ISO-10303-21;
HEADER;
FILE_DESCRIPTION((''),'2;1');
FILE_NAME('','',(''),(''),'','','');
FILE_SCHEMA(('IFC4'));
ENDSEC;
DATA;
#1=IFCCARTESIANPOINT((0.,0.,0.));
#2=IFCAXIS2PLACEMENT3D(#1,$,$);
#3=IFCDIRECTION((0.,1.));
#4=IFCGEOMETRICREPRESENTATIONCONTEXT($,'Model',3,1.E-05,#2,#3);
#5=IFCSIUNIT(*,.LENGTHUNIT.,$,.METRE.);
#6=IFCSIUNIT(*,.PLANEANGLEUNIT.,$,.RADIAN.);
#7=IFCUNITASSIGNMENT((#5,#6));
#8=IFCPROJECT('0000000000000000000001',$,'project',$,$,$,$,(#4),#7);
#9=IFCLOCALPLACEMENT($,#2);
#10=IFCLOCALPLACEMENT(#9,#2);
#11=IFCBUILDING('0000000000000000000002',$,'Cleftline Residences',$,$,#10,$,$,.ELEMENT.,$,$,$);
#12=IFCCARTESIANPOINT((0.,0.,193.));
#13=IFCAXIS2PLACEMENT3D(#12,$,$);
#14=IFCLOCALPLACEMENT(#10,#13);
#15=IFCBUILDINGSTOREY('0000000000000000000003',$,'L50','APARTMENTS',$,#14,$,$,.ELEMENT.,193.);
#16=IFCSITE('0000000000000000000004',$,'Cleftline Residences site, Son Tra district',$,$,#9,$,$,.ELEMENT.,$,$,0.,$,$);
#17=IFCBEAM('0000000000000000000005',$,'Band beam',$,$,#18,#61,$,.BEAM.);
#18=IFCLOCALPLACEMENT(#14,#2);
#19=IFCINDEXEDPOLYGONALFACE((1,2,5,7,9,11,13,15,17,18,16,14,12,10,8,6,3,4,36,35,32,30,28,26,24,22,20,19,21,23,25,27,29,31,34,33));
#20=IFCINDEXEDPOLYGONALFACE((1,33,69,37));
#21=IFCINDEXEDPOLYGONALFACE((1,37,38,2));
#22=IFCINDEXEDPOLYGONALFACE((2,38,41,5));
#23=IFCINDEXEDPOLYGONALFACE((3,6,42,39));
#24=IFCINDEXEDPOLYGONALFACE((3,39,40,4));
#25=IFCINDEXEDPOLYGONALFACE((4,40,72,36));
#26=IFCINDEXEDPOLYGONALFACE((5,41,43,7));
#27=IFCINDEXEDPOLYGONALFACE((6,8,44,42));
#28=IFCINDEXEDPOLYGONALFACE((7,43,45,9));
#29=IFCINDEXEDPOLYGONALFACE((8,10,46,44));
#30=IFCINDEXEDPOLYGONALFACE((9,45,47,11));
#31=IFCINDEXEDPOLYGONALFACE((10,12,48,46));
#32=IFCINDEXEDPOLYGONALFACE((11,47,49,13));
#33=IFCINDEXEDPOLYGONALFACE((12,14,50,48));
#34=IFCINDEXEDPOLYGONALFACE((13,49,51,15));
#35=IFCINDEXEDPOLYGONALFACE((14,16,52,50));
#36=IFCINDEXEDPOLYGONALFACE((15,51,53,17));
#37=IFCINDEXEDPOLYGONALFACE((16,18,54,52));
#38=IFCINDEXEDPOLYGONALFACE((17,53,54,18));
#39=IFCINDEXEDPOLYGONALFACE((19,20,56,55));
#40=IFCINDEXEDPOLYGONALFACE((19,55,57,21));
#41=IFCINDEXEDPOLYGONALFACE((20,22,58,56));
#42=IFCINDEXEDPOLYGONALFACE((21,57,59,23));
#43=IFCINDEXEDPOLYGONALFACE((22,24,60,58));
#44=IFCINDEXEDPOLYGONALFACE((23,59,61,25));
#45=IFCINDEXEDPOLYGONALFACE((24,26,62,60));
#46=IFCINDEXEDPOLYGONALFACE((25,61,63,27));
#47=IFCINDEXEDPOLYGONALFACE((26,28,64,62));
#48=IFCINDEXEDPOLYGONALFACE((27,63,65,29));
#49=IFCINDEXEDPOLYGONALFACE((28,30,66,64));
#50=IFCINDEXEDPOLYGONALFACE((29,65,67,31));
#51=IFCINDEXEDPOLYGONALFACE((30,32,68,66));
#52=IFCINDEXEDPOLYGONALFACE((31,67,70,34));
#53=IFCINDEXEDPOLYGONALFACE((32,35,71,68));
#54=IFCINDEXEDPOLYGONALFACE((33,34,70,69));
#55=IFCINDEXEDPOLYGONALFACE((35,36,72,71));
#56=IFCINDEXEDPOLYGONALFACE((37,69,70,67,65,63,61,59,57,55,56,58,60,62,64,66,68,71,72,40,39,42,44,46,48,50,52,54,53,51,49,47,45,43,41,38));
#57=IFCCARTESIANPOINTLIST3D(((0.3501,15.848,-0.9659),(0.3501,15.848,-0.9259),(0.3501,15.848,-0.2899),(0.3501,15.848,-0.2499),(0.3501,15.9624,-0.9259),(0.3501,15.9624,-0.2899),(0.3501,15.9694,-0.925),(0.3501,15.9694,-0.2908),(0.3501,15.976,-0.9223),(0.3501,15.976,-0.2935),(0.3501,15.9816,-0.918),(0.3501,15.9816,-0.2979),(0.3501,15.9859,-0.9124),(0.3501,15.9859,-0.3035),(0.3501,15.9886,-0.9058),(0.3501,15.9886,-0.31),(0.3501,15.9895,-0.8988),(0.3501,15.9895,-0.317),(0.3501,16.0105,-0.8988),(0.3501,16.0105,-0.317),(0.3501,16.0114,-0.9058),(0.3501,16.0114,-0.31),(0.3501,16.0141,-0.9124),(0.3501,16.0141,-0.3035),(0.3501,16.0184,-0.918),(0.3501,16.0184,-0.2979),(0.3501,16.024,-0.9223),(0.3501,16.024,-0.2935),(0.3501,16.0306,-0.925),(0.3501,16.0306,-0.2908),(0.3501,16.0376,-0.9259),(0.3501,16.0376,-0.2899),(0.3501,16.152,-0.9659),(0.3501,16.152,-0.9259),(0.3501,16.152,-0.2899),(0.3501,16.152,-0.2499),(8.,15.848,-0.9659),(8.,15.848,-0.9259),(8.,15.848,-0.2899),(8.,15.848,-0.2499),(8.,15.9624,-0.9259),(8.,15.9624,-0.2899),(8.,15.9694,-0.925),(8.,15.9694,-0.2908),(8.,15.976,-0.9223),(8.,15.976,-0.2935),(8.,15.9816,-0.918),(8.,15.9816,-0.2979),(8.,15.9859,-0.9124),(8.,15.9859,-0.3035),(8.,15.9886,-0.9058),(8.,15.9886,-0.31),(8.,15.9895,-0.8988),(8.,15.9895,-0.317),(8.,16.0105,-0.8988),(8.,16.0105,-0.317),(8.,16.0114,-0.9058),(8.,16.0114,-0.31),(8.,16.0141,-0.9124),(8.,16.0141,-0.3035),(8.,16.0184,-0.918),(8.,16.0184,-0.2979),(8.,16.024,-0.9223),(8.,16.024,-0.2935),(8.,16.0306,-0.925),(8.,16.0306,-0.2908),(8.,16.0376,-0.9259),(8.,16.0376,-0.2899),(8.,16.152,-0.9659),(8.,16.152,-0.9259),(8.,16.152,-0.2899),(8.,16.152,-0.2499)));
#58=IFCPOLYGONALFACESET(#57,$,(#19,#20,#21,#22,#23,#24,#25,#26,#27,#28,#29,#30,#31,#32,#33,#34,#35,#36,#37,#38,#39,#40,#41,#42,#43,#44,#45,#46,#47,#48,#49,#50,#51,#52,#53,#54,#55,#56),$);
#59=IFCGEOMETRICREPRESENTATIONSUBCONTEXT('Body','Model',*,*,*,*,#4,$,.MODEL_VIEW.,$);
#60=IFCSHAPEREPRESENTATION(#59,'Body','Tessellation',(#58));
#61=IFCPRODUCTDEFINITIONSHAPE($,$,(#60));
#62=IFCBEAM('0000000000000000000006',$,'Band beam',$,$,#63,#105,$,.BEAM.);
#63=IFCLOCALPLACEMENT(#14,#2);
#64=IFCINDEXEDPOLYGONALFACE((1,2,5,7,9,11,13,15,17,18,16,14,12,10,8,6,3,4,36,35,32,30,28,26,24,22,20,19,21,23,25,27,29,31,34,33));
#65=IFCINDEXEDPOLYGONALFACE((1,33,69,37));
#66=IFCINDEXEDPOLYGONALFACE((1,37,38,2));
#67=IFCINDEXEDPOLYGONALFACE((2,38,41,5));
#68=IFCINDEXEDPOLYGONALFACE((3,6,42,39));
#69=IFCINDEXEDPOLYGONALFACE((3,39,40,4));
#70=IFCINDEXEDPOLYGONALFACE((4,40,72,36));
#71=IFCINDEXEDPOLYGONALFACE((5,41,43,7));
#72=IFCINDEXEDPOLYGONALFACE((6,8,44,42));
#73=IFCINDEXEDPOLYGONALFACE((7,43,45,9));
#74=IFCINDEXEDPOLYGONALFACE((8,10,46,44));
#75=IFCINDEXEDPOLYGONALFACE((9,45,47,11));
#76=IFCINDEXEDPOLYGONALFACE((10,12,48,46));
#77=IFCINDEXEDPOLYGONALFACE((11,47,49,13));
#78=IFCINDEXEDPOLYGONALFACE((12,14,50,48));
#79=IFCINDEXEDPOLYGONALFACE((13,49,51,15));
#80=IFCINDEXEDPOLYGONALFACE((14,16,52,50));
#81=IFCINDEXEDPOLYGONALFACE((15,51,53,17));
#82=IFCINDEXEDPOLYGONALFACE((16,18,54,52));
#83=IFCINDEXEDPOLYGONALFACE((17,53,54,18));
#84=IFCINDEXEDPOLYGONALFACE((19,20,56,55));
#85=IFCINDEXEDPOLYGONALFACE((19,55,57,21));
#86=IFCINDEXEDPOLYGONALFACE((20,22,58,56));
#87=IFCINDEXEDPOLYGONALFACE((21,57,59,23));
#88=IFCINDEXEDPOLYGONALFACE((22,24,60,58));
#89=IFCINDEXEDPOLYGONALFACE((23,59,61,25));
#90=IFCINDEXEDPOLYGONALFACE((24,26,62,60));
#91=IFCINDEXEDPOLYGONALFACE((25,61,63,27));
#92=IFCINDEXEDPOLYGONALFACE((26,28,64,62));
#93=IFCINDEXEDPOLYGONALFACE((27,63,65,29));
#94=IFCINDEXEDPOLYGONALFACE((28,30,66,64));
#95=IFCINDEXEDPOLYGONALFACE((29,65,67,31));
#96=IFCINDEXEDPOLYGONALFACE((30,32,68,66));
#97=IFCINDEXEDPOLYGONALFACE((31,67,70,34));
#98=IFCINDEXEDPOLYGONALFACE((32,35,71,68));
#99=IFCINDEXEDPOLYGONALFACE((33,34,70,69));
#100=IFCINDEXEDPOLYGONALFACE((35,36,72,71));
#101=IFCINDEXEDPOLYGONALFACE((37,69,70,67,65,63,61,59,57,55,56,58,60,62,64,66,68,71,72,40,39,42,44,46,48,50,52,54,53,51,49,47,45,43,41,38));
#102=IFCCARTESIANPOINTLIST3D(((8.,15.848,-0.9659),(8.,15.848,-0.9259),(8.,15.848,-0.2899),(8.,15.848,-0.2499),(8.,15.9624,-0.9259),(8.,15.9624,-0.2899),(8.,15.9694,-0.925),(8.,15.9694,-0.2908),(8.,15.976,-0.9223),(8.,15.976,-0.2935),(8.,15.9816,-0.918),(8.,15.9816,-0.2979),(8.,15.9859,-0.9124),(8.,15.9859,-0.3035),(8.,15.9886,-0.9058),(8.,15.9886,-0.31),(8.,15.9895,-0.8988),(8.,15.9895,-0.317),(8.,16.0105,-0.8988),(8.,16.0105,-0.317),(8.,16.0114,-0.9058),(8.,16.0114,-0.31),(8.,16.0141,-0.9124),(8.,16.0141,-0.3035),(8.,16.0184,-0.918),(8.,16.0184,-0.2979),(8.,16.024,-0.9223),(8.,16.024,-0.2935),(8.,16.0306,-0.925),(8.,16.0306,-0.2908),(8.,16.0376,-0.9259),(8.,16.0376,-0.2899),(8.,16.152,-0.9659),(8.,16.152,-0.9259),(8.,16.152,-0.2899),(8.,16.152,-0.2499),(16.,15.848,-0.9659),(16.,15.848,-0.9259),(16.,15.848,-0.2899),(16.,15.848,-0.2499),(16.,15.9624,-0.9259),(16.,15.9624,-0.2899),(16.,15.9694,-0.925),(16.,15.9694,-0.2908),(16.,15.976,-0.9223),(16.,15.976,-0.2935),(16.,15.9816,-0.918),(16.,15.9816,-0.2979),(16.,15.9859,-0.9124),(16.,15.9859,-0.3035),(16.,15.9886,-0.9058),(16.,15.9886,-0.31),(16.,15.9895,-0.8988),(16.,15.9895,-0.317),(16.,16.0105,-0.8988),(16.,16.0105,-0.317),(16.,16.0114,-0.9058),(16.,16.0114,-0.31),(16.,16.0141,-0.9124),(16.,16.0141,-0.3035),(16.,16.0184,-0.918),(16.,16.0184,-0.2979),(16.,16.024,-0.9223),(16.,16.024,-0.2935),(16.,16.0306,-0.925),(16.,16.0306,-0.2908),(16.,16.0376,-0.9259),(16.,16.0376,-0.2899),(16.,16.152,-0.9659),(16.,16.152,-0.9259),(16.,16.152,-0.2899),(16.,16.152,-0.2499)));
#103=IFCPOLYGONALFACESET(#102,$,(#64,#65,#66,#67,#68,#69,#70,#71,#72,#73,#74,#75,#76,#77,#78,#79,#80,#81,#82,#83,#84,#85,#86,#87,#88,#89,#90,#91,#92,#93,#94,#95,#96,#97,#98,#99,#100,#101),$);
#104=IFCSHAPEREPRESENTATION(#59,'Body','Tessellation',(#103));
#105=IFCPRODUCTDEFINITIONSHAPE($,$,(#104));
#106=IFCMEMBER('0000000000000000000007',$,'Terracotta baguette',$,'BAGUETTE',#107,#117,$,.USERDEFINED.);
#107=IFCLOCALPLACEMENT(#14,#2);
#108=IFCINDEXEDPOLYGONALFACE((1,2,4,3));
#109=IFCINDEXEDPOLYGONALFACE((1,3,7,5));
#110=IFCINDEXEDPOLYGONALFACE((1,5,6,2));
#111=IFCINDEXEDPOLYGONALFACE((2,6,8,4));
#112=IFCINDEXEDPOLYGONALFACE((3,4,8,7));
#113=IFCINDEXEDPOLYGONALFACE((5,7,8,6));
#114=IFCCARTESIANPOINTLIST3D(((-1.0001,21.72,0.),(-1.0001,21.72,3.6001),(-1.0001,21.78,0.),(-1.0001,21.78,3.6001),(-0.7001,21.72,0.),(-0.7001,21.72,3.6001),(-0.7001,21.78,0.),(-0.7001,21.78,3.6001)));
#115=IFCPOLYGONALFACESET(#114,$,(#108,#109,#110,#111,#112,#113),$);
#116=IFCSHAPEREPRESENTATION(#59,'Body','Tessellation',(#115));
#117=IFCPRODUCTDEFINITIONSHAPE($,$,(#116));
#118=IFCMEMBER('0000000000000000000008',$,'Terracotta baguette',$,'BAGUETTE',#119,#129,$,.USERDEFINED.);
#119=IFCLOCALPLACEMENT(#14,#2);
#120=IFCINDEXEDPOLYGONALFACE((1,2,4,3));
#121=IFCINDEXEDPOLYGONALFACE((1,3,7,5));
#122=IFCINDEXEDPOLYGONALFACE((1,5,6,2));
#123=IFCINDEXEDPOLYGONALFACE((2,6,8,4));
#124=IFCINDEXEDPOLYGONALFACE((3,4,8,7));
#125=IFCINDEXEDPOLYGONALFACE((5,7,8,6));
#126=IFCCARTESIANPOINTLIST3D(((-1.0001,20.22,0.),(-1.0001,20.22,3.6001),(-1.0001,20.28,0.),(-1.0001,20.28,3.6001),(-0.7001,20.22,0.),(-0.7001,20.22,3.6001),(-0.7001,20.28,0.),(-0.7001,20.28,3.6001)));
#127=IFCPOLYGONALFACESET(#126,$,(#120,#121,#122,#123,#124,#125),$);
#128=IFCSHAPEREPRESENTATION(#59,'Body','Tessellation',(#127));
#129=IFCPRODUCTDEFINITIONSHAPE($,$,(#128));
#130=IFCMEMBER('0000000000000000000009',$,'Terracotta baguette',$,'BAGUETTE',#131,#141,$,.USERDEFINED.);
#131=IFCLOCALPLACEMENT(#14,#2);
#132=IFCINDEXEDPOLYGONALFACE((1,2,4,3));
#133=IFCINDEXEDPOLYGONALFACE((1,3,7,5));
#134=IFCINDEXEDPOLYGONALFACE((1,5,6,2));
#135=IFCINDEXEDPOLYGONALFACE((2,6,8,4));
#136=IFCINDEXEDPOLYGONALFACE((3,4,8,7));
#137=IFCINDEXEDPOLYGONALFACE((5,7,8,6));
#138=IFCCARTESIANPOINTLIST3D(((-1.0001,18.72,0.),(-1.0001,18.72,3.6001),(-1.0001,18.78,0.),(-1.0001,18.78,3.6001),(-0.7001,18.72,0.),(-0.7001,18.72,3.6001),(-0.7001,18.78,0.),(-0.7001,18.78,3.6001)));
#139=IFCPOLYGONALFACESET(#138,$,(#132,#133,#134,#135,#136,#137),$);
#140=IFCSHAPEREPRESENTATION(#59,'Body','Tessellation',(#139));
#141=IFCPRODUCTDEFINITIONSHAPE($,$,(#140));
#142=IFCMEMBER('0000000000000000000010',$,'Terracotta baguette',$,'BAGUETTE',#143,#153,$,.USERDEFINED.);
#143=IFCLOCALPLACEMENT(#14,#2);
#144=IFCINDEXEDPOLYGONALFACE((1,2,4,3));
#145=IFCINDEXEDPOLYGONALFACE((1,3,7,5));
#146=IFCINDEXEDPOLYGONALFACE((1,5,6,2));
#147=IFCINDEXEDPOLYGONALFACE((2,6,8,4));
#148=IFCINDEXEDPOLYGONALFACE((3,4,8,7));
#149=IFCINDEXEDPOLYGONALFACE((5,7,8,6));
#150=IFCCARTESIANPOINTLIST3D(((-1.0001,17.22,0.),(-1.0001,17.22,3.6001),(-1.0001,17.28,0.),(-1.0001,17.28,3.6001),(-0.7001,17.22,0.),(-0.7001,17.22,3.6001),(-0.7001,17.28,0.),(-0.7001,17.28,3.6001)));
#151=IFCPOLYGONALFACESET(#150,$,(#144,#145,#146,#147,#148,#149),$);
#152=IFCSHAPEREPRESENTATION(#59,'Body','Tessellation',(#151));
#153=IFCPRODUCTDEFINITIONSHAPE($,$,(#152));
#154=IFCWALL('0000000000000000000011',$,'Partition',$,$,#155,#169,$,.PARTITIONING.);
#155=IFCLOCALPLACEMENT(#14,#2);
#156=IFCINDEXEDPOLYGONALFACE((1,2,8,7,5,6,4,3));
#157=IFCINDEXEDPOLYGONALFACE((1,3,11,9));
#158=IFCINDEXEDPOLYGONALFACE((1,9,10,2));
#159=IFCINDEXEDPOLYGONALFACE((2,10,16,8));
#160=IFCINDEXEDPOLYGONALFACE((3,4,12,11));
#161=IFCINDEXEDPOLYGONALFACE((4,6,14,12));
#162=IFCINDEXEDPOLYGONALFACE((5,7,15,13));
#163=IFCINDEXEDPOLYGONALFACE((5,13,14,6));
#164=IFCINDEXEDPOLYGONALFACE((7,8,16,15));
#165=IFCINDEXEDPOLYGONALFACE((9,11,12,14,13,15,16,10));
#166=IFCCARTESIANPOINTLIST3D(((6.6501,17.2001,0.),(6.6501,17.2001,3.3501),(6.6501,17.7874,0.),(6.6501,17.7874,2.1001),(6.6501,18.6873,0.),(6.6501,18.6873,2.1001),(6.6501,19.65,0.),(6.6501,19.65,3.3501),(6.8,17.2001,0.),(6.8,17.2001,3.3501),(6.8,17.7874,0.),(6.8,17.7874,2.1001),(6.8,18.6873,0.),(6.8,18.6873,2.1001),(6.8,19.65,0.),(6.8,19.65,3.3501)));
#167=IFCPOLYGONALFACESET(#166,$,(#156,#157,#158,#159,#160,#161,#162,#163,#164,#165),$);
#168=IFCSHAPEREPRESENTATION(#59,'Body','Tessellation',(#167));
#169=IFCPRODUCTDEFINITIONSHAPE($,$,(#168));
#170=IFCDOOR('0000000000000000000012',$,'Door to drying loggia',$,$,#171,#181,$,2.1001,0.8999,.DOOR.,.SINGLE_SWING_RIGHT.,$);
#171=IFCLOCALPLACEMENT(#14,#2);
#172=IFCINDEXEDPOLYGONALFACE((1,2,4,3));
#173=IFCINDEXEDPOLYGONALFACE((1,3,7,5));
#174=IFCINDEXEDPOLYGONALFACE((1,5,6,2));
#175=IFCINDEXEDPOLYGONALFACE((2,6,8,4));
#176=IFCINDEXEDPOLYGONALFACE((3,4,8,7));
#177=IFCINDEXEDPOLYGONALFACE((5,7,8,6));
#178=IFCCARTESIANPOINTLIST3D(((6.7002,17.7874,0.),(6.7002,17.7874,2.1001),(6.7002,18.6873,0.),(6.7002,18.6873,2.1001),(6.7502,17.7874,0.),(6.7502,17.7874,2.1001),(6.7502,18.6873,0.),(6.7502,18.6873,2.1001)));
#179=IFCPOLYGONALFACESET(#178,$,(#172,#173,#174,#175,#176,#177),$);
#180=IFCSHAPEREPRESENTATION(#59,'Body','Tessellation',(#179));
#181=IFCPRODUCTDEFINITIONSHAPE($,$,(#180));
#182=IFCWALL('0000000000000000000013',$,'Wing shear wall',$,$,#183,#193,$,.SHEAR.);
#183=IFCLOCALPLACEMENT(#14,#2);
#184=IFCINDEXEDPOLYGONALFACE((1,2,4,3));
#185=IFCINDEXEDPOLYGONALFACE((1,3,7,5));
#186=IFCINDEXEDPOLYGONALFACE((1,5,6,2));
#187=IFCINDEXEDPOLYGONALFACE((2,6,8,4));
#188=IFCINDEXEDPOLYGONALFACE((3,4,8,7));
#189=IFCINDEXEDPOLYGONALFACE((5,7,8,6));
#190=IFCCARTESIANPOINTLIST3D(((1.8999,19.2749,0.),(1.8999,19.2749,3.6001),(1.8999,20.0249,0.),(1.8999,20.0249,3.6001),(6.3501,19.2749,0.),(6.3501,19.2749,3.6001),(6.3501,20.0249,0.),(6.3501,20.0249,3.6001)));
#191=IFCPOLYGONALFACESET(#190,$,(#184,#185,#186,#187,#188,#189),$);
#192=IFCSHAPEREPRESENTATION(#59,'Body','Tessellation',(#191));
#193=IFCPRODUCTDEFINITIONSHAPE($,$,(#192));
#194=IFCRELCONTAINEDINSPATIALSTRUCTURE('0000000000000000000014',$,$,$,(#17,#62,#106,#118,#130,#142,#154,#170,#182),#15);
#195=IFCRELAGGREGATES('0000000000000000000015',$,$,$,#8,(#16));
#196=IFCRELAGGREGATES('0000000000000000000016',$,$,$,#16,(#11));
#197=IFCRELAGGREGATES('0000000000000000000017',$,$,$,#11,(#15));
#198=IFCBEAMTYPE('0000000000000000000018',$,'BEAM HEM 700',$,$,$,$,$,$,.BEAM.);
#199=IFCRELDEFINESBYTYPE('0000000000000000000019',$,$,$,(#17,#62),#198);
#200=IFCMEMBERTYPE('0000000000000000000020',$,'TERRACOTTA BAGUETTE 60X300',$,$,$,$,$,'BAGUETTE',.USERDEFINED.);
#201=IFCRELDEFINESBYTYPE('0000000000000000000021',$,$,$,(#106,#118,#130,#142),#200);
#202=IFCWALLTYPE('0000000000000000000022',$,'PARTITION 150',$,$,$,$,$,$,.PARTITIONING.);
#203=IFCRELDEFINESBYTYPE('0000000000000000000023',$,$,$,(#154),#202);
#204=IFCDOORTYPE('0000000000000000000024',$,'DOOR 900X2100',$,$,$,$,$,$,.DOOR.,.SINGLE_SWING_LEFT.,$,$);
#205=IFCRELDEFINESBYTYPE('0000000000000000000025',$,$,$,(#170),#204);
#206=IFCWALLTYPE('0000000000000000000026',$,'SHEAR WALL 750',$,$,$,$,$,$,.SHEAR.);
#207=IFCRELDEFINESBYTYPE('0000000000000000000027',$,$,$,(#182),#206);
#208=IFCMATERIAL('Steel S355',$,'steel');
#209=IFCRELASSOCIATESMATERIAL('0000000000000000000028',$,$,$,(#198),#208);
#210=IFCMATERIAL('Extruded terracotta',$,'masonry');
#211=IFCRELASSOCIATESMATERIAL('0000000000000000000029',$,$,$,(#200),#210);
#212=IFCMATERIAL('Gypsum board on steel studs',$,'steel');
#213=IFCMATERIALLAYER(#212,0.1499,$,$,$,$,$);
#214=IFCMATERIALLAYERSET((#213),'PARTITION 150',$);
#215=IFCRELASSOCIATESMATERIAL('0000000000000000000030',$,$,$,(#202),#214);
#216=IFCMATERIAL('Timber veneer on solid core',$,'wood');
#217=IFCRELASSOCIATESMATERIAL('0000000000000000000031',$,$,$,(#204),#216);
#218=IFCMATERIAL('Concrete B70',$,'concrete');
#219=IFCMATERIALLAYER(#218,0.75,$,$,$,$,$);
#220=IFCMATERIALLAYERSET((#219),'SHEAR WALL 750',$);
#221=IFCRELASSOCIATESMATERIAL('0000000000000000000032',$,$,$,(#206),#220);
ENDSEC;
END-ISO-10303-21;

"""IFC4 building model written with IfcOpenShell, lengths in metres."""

from ifc_helpers import new_model, si_unit, direction, frame, frame_2d, origin, origin_2d, place, context, subcontext, project, spatial, rectangle, i_section, extrude, material, layer, layer_set, material_profile, profile_set, type_object, element, fill, save


model = new_model("IFC4")

# Units and contexts
model_context = context("Model", 3, precision=1e-05, world=origin(), true_north=direction((0.0, 1.0)))
body_context = subcontext(model_context, "Body", "Model", "MODEL_VIEW")
ifc_project = project(units=[si_unit("LENGTHUNIT", "METRE"), si_unit("PLANEANGLEUNIT", "RADIAN")], contexts=[model_context])

# Site, building, storey
site_placement = place(None, origin())
site = spatial("IfcSite", under=ifc_project, at=site_placement, Name="Cleftline Residences site, Son Tra district", CompositionType="ELEMENT", RefElevation=0.0)
building_placement = place(site_placement, origin())
building = spatial("IfcBuilding", under=site, at=building_placement, Name="Cleftline Residences", CompositionType="ELEMENT")
storey_placement = place(building_placement, frame((0.0, 0.0, 193.0)))
storey = spatial("IfcBuildingStorey", under=building, at=storey_placement, Name="L50", Description="APARTMENTS", CompositionType="ELEMENT", Elevation=193.0)

# Beams
ifc_material_1 = material(Name="Steel S355", Category="steel")
ifc_material_profile_1 = material_profile(ifc_material_1, i_section(OverallWidth=0.304, OverallDepth=0.7161, WebThickness=0.021, FlangeThickness=0.04, FilletRadius=0.0271, at=origin_2d()))
ifc_profile_set_1 = profile_set([ifc_material_profile_1], Name="Steel S355")
beam_type_1 = type_object("IfcBeamType", Name="BEAM HEM 700", PredefinedType="BEAM", material=ifc_profile_set_1)
beam_1_placement = place(storey_placement, frame((0.3501, 16.0, -0.6079), z_axis=(1.0, 0.0, 0.0), x_axis=(0.0, 1.0, 0.0)))
element("IfcBeam", 1, at=beam_1_placement, inside=storey, type_object=beam_type_1, Name="Band beam", PredefinedType="BEAM", context=body_context, shape_type="SweptSolid", body=[
    extrude(i_section(OverallWidth=0.304, OverallDepth=0.7161, WebThickness=0.021, FlangeThickness=0.04, FilletRadius=0.0271, at=origin_2d()), origin(), (0.0, 0.0, 1.0), 7.6499),
])
beam_2_placement = place(storey_placement, frame((8.0, 16.0, -0.6079), z_axis=(1.0, 0.0, 0.0), x_axis=(0.0, 1.0, 0.0)))
element("IfcBeam", 2, at=beam_2_placement, inside=storey, type_object=beam_type_1, Name="Band beam", PredefinedType="BEAM", context=body_context, shape_type="SweptSolid", body=[
    extrude(i_section(OverallWidth=0.304, OverallDepth=0.7161, WebThickness=0.021, FlangeThickness=0.04, FilletRadius=0.0271, at=origin_2d()), origin(), (0.0, 0.0, 1.0), 8.0),
])

# Members
ifc_material_2 = material(Name="Extruded terracotta", Category="masonry")
ifc_material_profile_2 = material_profile(ifc_material_2, rectangle(XDim=0.0601, YDim=0.3, at=origin_2d()))
ifc_profile_set_2 = profile_set([ifc_material_profile_2], Name="Extruded terracotta")
member_type_1 = type_object("IfcMemberType", Name="TERRACOTTA BAGUETTE 60X300", ElementType="BAGUETTE", PredefinedType="USERDEFINED", material=ifc_profile_set_2)
for number, where, z_axis, x_axis, name in (
    (3, (-0.8501, 21.75, 0.0), (0.0, 0.0, 1.0), (0.0, 1.0, 0.0), "Terracotta baguette"),
    (4, (-0.8501, 20.25, 0.0), (0.0, 0.0, 1.0), (0.0, 1.0, 0.0), "Terracotta baguette"),
    (5, (-0.8501, 18.75, 0.0), (0.0, 0.0, 1.0), (0.0, 1.0, 0.0), "Terracotta baguette"),
    (6, (-0.8501, 17.25, 0.0), (0.0, 0.0, 1.0), (0.0, 1.0, 0.0), "Terracotta baguette"),
):
    element("IfcMember", number, at=place(storey_placement, frame(where, z_axis=z_axis, x_axis=x_axis)), inside=storey, type_object=member_type_1, Name=name, ObjectType="BAGUETTE", PredefinedType="USERDEFINED", context=body_context, shape_type="SweptSolid", body=[
        extrude(rectangle(XDim=0.0601, YDim=0.3, at=origin_2d()), origin(), (0.0, 0.0, 1.0), 3.6001),
    ])

# Wall, opening, door
ifc_material_3 = material(Name="Gypsum board on steel studs", Category="steel")
ifc_layer_1 = layer(ifc_material_3, 0.1499)
ifc_layer_set_1 = layer_set([ifc_layer_1], Name="PARTITION 150")
wall_type_1 = type_object("IfcWallType", Name="PARTITION 150", PredefinedType="PARTITIONING", material=ifc_layer_set_1)
wall_1_placement = place(storey_placement, frame((6.7251, 17.2, 0.0), z_axis=(0.0, 0.0, 1.0), x_axis=(0.0, 1.0, 0.0)))
wall_1 = element("IfcWall", 7, at=wall_1_placement, inside=storey, type_object=wall_type_1, Name="Partition", PredefinedType="PARTITIONING", context=body_context, shape_type="SweptSolid", body=[
    extrude(rectangle(XDim=2.45, YDim=0.1499, at=frame_2d((1.2251, 0.0))), origin(), (0.0, 0.0, 1.0), 3.3501),
])
opening_1_placement = place(wall_1_placement, frame((0.5874, 0.0, 0.0)))
opening_1 = element("IfcOpeningElement", 8, at=opening_1_placement, cuts=wall_1, PredefinedType="OPENING", context=body_context, shape_type="SweptSolid", body=[
    extrude(rectangle(XDim=0.8999, YDim=2.1001, at=frame_2d((0.45, 1.05))), frame((0.0, 0.085, 0.0), z_axis=(0.0, -1.0, 0.0), x_axis=(1.0, 0.0, 0.0)), (0.0, 0.0, 1.0), 0.1699),
])
ifc_material_4 = material(Name="Timber veneer on solid core", Category="wood")
door_type_1 = type_object("IfcDoorType", Name="DOOR 900X2100", OperationType="SINGLE_SWING_LEFT", PredefinedType="DOOR", material=ifc_material_4)
door_1_placement = place(opening_1_placement, origin())
door_1 = element("IfcDoor", 9, at=door_1_placement, inside=storey, type_object=door_type_1, Name="Door to drying loggia", OperationType="SINGLE_SWING_RIGHT", OverallHeight=2.1001, OverallWidth=0.8999, PredefinedType="DOOR", context=body_context, shape_type="SweptSolid", body=[
    extrude(rectangle(XDim=0.8999, YDim=2.1001, at=frame_2d((0.45, 1.05))), frame((0.0, 0.0249, 0.0), z_axis=(0.0, -1.0, 0.0), x_axis=(1.0, 0.0, 0.0)), (0.0, 0.0, 1.0), 0.05),
])
fill(opening_1, door_1)

# Wall
ifc_material_5 = material(Name="Concrete B70", Category="concrete")
ifc_layer_2 = layer(ifc_material_5, 0.75)
ifc_layer_set_2 = layer_set([ifc_layer_2], Name="SHEAR WALL 750")
wall_type_2 = type_object("IfcWallType", Name="SHEAR WALL 750", PredefinedType="SHEAR", material=ifc_layer_set_2)
wall_2_placement = place(storey_placement, frame((1.8999, 19.6499, 0.0), z_axis=(0.0, 0.0, 1.0), x_axis=(1.0, 0.0, 0.0)))
element("IfcWall", 10, at=wall_2_placement, inside=storey, type_object=wall_type_2, Name="Wing shear wall", PredefinedType="SHEAR", context=body_context, shape_type="SweptSolid", body=[
    extrude(rectangle(XDim=4.4502, YDim=0.75, at=frame_2d((2.2251, 0.0))), origin(), (0.0, 0.0, 1.0), 3.6001),
])

save(model, "model.ifc")
